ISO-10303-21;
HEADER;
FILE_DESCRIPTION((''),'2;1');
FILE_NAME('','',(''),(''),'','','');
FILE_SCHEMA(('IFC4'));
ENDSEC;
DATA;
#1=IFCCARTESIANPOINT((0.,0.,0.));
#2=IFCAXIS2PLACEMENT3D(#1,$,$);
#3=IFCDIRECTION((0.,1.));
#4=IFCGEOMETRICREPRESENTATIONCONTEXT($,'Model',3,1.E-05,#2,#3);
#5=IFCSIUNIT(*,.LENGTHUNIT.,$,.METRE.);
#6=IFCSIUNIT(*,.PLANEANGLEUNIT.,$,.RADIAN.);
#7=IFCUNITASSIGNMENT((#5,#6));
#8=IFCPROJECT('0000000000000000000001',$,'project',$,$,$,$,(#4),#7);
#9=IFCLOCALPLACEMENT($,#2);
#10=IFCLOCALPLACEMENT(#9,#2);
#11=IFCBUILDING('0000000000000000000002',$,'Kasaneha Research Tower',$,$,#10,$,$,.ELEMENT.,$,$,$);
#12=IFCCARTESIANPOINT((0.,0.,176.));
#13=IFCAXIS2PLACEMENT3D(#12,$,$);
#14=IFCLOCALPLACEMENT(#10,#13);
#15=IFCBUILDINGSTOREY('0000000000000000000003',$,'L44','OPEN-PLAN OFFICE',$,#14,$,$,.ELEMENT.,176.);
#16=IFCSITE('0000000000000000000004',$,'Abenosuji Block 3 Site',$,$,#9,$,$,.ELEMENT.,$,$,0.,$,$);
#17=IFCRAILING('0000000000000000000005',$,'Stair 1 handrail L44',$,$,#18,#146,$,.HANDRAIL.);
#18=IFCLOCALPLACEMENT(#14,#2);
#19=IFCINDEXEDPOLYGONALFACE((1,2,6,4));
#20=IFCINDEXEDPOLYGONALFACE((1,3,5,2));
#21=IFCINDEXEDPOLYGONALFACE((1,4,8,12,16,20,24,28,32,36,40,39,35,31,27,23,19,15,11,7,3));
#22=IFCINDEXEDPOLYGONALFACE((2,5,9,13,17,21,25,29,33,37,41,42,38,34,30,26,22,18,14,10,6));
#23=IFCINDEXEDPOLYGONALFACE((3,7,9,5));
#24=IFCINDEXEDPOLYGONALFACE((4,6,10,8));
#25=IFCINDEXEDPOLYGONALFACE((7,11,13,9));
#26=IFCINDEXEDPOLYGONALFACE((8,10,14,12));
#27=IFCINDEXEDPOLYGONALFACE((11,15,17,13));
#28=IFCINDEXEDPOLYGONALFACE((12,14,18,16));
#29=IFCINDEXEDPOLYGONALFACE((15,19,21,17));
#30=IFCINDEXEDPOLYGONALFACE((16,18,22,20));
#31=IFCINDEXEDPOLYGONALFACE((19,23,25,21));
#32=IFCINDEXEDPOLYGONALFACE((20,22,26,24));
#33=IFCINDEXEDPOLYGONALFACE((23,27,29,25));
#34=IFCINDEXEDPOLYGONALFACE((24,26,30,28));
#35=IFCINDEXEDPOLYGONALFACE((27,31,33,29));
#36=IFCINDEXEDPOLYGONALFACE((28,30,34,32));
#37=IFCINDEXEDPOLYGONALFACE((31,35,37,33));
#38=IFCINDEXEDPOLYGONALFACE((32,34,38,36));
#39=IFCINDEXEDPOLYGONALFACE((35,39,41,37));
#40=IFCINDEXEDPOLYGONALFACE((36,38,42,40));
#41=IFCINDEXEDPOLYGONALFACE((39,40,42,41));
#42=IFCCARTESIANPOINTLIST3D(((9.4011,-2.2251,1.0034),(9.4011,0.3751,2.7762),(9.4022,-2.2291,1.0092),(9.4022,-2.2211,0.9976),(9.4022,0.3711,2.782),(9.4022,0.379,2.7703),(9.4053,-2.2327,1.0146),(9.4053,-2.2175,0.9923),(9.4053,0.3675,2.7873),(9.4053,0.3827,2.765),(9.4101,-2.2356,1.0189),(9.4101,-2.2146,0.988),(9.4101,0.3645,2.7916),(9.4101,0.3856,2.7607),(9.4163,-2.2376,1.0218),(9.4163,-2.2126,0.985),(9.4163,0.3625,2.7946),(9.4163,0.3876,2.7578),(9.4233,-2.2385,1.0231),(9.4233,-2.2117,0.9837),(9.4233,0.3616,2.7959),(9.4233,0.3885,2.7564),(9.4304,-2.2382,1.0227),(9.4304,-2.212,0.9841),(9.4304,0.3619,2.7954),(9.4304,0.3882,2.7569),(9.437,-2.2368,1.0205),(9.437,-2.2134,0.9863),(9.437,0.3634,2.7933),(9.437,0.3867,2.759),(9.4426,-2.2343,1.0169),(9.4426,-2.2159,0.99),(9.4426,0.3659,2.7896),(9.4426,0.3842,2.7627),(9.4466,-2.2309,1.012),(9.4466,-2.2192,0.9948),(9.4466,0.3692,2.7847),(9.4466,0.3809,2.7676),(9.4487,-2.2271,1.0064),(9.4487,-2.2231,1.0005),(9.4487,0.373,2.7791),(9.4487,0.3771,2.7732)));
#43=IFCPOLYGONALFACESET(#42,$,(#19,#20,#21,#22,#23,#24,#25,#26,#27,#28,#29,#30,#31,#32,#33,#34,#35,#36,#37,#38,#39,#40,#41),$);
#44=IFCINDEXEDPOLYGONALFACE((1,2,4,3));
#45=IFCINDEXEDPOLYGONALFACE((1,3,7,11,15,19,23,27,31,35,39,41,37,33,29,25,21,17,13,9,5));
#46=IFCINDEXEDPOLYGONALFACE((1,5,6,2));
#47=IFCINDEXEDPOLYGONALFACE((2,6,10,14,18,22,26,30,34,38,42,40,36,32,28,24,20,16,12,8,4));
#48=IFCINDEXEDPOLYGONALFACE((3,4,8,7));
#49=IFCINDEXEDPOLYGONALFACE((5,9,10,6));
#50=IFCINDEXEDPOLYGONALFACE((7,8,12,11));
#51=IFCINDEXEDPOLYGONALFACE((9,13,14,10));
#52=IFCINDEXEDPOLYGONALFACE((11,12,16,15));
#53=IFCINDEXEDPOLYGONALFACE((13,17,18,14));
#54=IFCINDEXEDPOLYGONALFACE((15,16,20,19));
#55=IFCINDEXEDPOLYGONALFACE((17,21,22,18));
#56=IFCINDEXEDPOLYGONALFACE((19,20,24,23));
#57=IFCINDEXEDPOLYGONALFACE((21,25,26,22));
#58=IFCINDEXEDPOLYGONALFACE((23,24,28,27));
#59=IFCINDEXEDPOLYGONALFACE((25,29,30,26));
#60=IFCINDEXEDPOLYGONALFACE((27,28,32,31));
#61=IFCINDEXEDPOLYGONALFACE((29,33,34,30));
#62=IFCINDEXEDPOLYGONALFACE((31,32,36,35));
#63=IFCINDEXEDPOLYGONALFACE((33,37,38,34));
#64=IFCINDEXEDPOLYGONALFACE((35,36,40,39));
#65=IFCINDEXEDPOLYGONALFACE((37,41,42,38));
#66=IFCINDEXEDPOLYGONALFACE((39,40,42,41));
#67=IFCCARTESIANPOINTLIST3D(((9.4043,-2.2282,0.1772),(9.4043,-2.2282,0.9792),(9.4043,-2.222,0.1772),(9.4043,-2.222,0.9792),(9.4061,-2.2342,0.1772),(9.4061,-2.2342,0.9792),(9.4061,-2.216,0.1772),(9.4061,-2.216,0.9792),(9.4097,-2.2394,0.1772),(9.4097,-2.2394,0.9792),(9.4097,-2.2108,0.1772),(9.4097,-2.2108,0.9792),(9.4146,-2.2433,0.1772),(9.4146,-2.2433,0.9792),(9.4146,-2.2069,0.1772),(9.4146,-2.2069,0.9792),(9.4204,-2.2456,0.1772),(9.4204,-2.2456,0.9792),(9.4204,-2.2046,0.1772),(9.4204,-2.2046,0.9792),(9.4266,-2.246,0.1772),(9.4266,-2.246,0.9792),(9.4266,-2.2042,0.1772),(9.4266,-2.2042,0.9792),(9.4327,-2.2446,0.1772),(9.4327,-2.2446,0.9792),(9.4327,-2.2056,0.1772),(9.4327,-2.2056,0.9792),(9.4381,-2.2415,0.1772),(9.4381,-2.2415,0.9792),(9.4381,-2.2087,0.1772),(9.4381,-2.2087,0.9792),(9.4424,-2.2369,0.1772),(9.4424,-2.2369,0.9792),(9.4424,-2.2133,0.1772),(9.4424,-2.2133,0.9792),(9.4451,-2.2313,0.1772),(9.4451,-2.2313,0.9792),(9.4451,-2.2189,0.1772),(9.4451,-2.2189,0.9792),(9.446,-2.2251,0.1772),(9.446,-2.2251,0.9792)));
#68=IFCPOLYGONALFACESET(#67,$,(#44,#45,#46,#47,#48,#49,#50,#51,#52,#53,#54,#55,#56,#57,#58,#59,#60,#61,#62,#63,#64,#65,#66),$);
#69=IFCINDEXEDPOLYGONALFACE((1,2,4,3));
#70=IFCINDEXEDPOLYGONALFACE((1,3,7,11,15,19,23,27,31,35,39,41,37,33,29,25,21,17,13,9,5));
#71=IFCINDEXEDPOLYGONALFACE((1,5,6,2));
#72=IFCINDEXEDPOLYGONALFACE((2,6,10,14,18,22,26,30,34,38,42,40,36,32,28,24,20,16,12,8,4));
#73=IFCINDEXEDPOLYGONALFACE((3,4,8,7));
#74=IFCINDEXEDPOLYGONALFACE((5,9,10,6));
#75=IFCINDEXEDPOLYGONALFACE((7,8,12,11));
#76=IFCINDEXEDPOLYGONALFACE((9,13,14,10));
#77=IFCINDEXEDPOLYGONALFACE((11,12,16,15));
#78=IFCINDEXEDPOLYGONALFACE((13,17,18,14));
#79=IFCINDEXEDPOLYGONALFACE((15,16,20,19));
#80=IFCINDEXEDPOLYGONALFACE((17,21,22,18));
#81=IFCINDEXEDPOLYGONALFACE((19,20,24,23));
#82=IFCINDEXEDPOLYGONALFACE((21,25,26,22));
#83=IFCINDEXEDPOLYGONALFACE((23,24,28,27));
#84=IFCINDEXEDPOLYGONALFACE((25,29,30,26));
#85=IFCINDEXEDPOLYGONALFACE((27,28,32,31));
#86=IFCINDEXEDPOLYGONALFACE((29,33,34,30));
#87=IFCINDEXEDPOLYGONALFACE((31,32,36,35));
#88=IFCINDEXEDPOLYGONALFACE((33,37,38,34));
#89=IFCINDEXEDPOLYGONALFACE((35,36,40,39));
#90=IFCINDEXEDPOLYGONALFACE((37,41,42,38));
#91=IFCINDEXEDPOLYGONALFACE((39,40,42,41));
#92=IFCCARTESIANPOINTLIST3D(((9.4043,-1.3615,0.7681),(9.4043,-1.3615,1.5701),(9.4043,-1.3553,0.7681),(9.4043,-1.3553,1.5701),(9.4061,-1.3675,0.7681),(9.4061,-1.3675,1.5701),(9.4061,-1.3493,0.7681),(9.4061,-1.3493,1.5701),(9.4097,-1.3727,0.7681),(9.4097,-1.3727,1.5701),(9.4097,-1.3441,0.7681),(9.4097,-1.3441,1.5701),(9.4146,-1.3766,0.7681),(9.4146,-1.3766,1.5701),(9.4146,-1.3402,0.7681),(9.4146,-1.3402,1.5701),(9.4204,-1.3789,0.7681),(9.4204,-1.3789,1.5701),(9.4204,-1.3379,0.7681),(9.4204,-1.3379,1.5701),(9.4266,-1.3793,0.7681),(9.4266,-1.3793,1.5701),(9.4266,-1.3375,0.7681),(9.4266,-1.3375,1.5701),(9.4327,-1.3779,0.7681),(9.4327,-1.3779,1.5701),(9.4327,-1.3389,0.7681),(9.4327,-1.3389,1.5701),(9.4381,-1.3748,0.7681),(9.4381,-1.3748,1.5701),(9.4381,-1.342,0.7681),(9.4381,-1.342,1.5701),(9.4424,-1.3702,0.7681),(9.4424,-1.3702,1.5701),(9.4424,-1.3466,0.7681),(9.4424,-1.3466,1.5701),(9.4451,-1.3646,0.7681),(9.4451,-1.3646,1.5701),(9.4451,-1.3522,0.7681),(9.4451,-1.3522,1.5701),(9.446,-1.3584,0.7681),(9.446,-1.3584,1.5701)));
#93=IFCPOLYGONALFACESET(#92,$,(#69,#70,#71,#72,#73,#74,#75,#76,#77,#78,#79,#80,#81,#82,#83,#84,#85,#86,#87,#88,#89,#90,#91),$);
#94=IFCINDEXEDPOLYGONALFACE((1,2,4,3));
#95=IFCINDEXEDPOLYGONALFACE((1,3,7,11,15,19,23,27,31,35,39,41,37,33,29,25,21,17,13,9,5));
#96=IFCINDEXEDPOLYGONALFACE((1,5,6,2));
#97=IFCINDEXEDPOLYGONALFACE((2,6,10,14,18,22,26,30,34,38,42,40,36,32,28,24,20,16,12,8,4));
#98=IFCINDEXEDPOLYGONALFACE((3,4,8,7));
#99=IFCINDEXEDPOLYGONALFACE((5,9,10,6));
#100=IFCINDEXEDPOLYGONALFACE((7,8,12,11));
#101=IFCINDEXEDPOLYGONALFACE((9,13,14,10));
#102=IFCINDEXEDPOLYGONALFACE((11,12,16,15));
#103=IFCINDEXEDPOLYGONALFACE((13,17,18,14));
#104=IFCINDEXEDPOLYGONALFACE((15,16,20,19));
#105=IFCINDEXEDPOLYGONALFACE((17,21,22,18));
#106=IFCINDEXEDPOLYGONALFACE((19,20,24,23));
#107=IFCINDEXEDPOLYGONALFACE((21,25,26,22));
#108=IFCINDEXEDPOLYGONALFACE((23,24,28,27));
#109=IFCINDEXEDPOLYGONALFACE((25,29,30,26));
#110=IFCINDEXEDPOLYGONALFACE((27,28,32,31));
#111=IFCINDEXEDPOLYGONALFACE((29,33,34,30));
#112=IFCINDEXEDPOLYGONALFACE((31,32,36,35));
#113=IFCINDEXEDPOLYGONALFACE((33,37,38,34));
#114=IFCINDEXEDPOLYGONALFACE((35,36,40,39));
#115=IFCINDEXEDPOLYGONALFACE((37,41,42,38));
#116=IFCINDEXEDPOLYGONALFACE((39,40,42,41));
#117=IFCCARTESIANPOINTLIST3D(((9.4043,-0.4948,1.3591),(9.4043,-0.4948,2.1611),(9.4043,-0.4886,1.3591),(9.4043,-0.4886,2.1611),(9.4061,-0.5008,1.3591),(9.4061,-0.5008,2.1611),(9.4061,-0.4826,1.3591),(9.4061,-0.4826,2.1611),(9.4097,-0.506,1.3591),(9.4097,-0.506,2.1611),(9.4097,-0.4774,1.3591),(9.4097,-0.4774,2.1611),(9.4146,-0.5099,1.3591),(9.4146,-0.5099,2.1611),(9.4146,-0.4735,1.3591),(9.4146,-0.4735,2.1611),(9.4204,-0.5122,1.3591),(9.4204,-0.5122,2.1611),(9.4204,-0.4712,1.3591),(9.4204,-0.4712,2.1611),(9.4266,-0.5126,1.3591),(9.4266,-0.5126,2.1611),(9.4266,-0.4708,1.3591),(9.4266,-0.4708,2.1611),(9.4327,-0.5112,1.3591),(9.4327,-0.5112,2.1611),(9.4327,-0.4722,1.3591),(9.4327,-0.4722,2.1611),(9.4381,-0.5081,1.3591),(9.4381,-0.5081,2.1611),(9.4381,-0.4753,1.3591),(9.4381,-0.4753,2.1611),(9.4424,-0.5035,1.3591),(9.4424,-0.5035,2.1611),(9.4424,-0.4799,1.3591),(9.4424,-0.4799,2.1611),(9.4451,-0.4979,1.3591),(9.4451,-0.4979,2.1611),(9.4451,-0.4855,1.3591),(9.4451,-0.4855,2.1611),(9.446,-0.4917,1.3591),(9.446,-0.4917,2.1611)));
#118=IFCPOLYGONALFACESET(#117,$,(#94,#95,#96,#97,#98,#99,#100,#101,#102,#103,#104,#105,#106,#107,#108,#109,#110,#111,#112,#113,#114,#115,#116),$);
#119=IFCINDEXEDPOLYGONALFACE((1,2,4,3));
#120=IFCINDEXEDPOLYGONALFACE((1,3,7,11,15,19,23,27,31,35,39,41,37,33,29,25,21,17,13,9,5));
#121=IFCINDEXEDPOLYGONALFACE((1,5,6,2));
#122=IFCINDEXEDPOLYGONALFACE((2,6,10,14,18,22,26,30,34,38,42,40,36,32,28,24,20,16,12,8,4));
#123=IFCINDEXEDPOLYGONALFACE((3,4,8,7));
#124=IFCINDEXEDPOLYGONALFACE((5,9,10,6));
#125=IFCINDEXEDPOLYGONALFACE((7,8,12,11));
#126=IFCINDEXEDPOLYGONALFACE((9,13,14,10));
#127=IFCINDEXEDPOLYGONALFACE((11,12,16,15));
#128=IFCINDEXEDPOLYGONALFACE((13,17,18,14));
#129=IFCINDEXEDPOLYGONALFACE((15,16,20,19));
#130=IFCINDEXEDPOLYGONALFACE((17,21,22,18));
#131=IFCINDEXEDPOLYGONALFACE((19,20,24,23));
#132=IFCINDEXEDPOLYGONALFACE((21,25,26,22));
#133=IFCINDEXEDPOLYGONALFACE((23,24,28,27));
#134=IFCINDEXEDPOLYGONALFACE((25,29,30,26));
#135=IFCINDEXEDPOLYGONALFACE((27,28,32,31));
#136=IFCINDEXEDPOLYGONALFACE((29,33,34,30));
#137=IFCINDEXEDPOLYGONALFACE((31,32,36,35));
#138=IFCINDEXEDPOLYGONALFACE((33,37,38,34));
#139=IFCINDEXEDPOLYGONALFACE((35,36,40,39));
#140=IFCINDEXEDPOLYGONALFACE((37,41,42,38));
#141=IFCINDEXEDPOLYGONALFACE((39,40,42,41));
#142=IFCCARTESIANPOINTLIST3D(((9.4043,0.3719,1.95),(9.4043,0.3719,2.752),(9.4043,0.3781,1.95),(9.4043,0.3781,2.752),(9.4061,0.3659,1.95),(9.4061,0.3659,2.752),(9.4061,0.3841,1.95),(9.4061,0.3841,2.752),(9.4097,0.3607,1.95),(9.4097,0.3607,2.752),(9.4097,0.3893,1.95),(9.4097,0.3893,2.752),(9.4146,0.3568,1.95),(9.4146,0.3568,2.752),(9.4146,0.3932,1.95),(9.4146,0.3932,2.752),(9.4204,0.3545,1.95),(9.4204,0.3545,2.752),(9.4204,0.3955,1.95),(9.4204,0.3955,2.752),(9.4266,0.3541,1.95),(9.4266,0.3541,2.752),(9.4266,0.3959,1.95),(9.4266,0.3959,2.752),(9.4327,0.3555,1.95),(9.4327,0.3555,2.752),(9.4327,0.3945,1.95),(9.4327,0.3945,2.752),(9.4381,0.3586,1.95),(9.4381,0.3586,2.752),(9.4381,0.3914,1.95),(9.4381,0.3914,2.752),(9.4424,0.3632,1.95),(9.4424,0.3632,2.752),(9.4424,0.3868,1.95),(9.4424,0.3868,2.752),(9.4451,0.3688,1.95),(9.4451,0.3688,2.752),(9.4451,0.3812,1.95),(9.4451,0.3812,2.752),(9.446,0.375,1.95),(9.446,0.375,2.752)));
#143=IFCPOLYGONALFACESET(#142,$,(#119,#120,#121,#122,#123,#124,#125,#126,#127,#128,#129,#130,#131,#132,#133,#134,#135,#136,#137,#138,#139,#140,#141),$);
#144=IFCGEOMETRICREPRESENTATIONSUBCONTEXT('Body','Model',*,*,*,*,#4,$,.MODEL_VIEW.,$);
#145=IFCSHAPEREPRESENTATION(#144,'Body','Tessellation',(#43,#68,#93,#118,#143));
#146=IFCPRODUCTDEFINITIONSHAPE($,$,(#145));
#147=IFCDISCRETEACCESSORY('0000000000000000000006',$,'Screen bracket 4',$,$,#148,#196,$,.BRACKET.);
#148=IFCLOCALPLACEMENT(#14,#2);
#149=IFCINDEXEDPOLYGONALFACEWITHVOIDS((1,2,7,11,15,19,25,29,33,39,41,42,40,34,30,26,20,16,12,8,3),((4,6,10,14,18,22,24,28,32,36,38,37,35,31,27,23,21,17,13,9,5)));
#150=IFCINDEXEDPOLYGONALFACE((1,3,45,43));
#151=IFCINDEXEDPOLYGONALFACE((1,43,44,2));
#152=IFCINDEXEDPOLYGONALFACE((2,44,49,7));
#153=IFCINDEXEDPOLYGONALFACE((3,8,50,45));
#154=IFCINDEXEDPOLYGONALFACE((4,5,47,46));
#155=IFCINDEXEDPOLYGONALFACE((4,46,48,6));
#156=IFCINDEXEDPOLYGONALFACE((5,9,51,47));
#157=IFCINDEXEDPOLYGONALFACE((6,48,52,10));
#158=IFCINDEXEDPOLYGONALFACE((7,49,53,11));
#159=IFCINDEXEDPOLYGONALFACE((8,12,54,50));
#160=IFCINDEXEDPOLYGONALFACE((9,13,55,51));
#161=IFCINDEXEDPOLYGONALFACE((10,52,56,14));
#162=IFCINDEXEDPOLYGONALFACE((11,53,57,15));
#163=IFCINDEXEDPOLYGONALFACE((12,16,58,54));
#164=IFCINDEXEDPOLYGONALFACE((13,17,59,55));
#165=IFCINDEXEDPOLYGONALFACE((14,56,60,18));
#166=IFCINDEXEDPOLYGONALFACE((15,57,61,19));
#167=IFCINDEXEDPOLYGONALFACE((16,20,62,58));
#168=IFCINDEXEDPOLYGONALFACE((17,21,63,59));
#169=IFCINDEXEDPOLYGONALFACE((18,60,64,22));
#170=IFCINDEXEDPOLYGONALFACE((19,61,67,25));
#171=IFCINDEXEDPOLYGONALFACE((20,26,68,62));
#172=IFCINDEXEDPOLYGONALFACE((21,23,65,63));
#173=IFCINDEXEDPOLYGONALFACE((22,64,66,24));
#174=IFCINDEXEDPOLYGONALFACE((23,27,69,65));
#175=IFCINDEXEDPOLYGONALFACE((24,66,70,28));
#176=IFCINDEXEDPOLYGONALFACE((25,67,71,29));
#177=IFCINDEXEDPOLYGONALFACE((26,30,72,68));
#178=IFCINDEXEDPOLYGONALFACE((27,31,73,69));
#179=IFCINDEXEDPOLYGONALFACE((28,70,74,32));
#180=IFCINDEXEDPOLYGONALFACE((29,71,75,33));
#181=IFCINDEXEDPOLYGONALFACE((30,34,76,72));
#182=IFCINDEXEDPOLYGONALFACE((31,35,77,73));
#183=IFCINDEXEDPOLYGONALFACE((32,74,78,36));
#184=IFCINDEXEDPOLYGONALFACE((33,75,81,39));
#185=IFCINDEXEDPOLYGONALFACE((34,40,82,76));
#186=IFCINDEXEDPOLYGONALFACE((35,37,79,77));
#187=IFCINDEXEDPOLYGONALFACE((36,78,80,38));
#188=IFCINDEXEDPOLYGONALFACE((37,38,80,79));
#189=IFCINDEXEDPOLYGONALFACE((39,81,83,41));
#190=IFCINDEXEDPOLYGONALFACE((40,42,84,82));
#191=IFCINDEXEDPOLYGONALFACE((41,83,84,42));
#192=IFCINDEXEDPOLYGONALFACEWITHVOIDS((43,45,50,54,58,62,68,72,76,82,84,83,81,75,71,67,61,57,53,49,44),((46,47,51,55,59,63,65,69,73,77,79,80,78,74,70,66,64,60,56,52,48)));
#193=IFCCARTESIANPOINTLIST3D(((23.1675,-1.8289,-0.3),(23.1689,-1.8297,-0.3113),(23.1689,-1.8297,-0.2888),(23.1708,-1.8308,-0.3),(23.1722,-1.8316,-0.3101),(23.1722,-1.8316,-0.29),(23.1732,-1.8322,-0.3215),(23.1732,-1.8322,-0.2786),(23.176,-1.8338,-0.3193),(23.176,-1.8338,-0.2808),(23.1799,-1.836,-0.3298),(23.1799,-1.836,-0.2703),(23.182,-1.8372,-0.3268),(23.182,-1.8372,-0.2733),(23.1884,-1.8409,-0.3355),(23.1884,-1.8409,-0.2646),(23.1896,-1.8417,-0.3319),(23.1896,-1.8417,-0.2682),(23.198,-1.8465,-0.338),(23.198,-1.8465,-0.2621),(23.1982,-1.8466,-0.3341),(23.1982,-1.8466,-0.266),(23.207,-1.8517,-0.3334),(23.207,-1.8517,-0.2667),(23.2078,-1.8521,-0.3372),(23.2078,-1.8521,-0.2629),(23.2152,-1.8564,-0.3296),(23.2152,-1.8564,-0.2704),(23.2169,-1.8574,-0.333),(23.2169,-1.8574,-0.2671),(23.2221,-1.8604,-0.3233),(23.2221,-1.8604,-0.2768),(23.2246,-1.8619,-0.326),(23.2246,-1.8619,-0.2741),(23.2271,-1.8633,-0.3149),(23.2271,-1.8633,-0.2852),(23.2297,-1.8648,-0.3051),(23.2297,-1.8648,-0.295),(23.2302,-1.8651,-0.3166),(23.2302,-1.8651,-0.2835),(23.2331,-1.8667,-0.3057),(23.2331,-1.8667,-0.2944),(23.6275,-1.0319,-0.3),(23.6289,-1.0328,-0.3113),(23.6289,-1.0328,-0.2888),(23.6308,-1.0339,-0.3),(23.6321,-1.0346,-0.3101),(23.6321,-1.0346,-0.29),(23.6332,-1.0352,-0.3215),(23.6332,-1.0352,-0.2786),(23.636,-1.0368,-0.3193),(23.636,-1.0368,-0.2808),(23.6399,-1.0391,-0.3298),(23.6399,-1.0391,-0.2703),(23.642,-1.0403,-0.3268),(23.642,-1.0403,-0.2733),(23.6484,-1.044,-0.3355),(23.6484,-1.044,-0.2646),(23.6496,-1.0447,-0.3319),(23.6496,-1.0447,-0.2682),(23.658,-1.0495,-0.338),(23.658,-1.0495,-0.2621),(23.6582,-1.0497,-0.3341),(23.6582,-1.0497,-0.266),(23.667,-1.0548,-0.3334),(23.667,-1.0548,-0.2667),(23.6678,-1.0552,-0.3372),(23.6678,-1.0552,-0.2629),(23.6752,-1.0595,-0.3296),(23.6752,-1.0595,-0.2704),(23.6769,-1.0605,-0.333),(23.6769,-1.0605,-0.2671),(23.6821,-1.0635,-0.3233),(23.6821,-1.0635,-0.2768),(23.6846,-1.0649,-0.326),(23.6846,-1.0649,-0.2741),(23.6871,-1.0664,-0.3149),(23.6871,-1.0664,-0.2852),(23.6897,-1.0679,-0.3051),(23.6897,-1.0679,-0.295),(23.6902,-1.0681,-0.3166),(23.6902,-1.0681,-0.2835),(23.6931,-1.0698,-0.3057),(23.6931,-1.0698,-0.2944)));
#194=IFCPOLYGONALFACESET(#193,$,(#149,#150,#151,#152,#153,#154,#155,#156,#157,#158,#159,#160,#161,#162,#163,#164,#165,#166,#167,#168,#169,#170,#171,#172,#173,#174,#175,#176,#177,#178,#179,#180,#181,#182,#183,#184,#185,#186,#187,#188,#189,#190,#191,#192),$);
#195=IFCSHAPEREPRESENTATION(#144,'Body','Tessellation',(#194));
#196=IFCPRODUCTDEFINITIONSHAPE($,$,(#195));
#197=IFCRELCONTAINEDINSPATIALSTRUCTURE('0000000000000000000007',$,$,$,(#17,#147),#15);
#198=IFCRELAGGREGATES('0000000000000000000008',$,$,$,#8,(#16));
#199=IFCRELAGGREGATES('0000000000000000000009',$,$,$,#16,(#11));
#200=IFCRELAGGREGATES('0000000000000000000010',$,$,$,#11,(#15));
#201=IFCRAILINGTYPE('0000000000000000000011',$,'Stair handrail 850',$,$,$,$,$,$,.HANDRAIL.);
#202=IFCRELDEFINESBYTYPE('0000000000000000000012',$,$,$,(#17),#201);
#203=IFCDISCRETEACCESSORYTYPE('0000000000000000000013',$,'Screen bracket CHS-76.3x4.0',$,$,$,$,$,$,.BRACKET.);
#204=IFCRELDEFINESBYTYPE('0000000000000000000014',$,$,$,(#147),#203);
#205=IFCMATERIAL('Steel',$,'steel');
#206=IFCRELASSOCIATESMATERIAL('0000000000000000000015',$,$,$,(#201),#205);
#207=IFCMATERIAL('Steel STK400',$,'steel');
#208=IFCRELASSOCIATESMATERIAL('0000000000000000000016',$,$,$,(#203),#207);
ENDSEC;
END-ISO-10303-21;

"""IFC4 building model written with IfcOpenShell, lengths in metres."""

from ifc_helpers import new_model, si_unit, direction, frame, origin, origin_2d, place, context, subcontext, project, spatial, circle, hollow_circle, extrude, material, material_profile, profile_set, type_object, element, save


model = new_model("IFC4")

# Units and contexts
model_context = context("Model", 3, precision=1e-05, world=origin(), true_north=direction((0.0, 1.0)))
body_context = subcontext(model_context, "Body", "Model", "MODEL_VIEW")
ifc_project = project(units=[si_unit("LENGTHUNIT", "METRE"), si_unit("PLANEANGLEUNIT", "RADIAN")], contexts=[model_context])

# Site, building, storey
site_placement = place(None, origin())
site = spatial("IfcSite", under=ifc_project, at=site_placement, Name="Abenosuji Block 3 Site", CompositionType="ELEMENT", RefElevation=0.0)
building_placement = place(site_placement, origin())
building = spatial("IfcBuilding", under=site, at=building_placement, Name="Kasaneha Research Tower", CompositionType="ELEMENT")
storey_placement = place(building_placement, frame((0.0, 0.0, 176.0)))
storey = spatial("IfcBuildingStorey", under=building, at=storey_placement, Name="L44", Description="OPEN-PLAN OFFICE", CompositionType="ELEMENT", Elevation=176.0)

# Railing
ifc_material_1 = material(Name="Steel", Category="steel")
railing_type = type_object("IfcRailingType", Name="Stair handrail 850", PredefinedType="HANDRAIL", material=ifc_material_1)
railing_placement = place(storey_placement, frame((9.425, -2.2251, 0.1772)))
element("IfcRailing", 1, at=railing_placement, inside=storey, type_object=railing_type, Name="Stair 1 handrail L44", PredefinedType="HANDRAIL", context=body_context, shape_type="SweptSolid", body=[
    extrude(circle(Radius=0.0239, at=origin_2d()), frame((0.0, 0.0, 0.8262), z_axis=(0.0, 0.82624, 0.563318), x_axis=(-1.0, 0.0, 0.0)), (0.0, 0.0, 1.0), 3.147),
    extrude(circle(Radius=0.021, at=origin_2d()), origin(), (0.0, 0.0, 1.0), 0.802),
    extrude(circle(Radius=0.021, at=origin_2d()), frame((0.0, 0.8667, 0.5908)), (0.0, 0.0, 1.0), 0.802),
    extrude(circle(Radius=0.021, at=origin_2d()), frame((0.0, 1.7334, 1.1819)), (0.0, 0.0, 1.0), 0.802),
    extrude(circle(Radius=0.021, at=origin_2d()), frame((0.0, 2.6001, 1.7727)), (0.0, 0.0, 1.0), 0.802),
])

# Discrete accessory
ifc_material_2 = material(Name="Steel STK400", Category="steel")
ifc_material_profile_1 = material_profile(ifc_material_2, hollow_circle(Radius=0.0381, WallThickness=0.0039, at=origin_2d()), Name="CHS-76.3x4.0")
ifc_profile_set_1 = profile_set([ifc_material_profile_1], Name="Steel STK400")
discrete_accessory_type = type_object("IfcDiscreteAccessoryType", Name="Screen bracket CHS-76.3x4.0", PredefinedType="BRACKET", material=ifc_profile_set_1)
discrete_accessory_placement = place(storey_placement, frame((23.2004, -1.8479, -0.3), z_axis=(0.499906, 0.86608, 0.0), x_axis=(-0.86608, 0.499906, 0.0)))
element("IfcDiscreteAccessory", 2, at=discrete_accessory_placement, inside=storey, type_object=discrete_accessory_type, Name="Screen bracket 4", PredefinedType="BRACKET", context=body_context, shape_type="SweptSolid", body=[
    extrude(hollow_circle(Radius=0.0381, WallThickness=0.0039, at=origin_2d()), origin(), (0.0, 0.0, 1.0), 0.9202),
])

save(model, "model.ifc")
